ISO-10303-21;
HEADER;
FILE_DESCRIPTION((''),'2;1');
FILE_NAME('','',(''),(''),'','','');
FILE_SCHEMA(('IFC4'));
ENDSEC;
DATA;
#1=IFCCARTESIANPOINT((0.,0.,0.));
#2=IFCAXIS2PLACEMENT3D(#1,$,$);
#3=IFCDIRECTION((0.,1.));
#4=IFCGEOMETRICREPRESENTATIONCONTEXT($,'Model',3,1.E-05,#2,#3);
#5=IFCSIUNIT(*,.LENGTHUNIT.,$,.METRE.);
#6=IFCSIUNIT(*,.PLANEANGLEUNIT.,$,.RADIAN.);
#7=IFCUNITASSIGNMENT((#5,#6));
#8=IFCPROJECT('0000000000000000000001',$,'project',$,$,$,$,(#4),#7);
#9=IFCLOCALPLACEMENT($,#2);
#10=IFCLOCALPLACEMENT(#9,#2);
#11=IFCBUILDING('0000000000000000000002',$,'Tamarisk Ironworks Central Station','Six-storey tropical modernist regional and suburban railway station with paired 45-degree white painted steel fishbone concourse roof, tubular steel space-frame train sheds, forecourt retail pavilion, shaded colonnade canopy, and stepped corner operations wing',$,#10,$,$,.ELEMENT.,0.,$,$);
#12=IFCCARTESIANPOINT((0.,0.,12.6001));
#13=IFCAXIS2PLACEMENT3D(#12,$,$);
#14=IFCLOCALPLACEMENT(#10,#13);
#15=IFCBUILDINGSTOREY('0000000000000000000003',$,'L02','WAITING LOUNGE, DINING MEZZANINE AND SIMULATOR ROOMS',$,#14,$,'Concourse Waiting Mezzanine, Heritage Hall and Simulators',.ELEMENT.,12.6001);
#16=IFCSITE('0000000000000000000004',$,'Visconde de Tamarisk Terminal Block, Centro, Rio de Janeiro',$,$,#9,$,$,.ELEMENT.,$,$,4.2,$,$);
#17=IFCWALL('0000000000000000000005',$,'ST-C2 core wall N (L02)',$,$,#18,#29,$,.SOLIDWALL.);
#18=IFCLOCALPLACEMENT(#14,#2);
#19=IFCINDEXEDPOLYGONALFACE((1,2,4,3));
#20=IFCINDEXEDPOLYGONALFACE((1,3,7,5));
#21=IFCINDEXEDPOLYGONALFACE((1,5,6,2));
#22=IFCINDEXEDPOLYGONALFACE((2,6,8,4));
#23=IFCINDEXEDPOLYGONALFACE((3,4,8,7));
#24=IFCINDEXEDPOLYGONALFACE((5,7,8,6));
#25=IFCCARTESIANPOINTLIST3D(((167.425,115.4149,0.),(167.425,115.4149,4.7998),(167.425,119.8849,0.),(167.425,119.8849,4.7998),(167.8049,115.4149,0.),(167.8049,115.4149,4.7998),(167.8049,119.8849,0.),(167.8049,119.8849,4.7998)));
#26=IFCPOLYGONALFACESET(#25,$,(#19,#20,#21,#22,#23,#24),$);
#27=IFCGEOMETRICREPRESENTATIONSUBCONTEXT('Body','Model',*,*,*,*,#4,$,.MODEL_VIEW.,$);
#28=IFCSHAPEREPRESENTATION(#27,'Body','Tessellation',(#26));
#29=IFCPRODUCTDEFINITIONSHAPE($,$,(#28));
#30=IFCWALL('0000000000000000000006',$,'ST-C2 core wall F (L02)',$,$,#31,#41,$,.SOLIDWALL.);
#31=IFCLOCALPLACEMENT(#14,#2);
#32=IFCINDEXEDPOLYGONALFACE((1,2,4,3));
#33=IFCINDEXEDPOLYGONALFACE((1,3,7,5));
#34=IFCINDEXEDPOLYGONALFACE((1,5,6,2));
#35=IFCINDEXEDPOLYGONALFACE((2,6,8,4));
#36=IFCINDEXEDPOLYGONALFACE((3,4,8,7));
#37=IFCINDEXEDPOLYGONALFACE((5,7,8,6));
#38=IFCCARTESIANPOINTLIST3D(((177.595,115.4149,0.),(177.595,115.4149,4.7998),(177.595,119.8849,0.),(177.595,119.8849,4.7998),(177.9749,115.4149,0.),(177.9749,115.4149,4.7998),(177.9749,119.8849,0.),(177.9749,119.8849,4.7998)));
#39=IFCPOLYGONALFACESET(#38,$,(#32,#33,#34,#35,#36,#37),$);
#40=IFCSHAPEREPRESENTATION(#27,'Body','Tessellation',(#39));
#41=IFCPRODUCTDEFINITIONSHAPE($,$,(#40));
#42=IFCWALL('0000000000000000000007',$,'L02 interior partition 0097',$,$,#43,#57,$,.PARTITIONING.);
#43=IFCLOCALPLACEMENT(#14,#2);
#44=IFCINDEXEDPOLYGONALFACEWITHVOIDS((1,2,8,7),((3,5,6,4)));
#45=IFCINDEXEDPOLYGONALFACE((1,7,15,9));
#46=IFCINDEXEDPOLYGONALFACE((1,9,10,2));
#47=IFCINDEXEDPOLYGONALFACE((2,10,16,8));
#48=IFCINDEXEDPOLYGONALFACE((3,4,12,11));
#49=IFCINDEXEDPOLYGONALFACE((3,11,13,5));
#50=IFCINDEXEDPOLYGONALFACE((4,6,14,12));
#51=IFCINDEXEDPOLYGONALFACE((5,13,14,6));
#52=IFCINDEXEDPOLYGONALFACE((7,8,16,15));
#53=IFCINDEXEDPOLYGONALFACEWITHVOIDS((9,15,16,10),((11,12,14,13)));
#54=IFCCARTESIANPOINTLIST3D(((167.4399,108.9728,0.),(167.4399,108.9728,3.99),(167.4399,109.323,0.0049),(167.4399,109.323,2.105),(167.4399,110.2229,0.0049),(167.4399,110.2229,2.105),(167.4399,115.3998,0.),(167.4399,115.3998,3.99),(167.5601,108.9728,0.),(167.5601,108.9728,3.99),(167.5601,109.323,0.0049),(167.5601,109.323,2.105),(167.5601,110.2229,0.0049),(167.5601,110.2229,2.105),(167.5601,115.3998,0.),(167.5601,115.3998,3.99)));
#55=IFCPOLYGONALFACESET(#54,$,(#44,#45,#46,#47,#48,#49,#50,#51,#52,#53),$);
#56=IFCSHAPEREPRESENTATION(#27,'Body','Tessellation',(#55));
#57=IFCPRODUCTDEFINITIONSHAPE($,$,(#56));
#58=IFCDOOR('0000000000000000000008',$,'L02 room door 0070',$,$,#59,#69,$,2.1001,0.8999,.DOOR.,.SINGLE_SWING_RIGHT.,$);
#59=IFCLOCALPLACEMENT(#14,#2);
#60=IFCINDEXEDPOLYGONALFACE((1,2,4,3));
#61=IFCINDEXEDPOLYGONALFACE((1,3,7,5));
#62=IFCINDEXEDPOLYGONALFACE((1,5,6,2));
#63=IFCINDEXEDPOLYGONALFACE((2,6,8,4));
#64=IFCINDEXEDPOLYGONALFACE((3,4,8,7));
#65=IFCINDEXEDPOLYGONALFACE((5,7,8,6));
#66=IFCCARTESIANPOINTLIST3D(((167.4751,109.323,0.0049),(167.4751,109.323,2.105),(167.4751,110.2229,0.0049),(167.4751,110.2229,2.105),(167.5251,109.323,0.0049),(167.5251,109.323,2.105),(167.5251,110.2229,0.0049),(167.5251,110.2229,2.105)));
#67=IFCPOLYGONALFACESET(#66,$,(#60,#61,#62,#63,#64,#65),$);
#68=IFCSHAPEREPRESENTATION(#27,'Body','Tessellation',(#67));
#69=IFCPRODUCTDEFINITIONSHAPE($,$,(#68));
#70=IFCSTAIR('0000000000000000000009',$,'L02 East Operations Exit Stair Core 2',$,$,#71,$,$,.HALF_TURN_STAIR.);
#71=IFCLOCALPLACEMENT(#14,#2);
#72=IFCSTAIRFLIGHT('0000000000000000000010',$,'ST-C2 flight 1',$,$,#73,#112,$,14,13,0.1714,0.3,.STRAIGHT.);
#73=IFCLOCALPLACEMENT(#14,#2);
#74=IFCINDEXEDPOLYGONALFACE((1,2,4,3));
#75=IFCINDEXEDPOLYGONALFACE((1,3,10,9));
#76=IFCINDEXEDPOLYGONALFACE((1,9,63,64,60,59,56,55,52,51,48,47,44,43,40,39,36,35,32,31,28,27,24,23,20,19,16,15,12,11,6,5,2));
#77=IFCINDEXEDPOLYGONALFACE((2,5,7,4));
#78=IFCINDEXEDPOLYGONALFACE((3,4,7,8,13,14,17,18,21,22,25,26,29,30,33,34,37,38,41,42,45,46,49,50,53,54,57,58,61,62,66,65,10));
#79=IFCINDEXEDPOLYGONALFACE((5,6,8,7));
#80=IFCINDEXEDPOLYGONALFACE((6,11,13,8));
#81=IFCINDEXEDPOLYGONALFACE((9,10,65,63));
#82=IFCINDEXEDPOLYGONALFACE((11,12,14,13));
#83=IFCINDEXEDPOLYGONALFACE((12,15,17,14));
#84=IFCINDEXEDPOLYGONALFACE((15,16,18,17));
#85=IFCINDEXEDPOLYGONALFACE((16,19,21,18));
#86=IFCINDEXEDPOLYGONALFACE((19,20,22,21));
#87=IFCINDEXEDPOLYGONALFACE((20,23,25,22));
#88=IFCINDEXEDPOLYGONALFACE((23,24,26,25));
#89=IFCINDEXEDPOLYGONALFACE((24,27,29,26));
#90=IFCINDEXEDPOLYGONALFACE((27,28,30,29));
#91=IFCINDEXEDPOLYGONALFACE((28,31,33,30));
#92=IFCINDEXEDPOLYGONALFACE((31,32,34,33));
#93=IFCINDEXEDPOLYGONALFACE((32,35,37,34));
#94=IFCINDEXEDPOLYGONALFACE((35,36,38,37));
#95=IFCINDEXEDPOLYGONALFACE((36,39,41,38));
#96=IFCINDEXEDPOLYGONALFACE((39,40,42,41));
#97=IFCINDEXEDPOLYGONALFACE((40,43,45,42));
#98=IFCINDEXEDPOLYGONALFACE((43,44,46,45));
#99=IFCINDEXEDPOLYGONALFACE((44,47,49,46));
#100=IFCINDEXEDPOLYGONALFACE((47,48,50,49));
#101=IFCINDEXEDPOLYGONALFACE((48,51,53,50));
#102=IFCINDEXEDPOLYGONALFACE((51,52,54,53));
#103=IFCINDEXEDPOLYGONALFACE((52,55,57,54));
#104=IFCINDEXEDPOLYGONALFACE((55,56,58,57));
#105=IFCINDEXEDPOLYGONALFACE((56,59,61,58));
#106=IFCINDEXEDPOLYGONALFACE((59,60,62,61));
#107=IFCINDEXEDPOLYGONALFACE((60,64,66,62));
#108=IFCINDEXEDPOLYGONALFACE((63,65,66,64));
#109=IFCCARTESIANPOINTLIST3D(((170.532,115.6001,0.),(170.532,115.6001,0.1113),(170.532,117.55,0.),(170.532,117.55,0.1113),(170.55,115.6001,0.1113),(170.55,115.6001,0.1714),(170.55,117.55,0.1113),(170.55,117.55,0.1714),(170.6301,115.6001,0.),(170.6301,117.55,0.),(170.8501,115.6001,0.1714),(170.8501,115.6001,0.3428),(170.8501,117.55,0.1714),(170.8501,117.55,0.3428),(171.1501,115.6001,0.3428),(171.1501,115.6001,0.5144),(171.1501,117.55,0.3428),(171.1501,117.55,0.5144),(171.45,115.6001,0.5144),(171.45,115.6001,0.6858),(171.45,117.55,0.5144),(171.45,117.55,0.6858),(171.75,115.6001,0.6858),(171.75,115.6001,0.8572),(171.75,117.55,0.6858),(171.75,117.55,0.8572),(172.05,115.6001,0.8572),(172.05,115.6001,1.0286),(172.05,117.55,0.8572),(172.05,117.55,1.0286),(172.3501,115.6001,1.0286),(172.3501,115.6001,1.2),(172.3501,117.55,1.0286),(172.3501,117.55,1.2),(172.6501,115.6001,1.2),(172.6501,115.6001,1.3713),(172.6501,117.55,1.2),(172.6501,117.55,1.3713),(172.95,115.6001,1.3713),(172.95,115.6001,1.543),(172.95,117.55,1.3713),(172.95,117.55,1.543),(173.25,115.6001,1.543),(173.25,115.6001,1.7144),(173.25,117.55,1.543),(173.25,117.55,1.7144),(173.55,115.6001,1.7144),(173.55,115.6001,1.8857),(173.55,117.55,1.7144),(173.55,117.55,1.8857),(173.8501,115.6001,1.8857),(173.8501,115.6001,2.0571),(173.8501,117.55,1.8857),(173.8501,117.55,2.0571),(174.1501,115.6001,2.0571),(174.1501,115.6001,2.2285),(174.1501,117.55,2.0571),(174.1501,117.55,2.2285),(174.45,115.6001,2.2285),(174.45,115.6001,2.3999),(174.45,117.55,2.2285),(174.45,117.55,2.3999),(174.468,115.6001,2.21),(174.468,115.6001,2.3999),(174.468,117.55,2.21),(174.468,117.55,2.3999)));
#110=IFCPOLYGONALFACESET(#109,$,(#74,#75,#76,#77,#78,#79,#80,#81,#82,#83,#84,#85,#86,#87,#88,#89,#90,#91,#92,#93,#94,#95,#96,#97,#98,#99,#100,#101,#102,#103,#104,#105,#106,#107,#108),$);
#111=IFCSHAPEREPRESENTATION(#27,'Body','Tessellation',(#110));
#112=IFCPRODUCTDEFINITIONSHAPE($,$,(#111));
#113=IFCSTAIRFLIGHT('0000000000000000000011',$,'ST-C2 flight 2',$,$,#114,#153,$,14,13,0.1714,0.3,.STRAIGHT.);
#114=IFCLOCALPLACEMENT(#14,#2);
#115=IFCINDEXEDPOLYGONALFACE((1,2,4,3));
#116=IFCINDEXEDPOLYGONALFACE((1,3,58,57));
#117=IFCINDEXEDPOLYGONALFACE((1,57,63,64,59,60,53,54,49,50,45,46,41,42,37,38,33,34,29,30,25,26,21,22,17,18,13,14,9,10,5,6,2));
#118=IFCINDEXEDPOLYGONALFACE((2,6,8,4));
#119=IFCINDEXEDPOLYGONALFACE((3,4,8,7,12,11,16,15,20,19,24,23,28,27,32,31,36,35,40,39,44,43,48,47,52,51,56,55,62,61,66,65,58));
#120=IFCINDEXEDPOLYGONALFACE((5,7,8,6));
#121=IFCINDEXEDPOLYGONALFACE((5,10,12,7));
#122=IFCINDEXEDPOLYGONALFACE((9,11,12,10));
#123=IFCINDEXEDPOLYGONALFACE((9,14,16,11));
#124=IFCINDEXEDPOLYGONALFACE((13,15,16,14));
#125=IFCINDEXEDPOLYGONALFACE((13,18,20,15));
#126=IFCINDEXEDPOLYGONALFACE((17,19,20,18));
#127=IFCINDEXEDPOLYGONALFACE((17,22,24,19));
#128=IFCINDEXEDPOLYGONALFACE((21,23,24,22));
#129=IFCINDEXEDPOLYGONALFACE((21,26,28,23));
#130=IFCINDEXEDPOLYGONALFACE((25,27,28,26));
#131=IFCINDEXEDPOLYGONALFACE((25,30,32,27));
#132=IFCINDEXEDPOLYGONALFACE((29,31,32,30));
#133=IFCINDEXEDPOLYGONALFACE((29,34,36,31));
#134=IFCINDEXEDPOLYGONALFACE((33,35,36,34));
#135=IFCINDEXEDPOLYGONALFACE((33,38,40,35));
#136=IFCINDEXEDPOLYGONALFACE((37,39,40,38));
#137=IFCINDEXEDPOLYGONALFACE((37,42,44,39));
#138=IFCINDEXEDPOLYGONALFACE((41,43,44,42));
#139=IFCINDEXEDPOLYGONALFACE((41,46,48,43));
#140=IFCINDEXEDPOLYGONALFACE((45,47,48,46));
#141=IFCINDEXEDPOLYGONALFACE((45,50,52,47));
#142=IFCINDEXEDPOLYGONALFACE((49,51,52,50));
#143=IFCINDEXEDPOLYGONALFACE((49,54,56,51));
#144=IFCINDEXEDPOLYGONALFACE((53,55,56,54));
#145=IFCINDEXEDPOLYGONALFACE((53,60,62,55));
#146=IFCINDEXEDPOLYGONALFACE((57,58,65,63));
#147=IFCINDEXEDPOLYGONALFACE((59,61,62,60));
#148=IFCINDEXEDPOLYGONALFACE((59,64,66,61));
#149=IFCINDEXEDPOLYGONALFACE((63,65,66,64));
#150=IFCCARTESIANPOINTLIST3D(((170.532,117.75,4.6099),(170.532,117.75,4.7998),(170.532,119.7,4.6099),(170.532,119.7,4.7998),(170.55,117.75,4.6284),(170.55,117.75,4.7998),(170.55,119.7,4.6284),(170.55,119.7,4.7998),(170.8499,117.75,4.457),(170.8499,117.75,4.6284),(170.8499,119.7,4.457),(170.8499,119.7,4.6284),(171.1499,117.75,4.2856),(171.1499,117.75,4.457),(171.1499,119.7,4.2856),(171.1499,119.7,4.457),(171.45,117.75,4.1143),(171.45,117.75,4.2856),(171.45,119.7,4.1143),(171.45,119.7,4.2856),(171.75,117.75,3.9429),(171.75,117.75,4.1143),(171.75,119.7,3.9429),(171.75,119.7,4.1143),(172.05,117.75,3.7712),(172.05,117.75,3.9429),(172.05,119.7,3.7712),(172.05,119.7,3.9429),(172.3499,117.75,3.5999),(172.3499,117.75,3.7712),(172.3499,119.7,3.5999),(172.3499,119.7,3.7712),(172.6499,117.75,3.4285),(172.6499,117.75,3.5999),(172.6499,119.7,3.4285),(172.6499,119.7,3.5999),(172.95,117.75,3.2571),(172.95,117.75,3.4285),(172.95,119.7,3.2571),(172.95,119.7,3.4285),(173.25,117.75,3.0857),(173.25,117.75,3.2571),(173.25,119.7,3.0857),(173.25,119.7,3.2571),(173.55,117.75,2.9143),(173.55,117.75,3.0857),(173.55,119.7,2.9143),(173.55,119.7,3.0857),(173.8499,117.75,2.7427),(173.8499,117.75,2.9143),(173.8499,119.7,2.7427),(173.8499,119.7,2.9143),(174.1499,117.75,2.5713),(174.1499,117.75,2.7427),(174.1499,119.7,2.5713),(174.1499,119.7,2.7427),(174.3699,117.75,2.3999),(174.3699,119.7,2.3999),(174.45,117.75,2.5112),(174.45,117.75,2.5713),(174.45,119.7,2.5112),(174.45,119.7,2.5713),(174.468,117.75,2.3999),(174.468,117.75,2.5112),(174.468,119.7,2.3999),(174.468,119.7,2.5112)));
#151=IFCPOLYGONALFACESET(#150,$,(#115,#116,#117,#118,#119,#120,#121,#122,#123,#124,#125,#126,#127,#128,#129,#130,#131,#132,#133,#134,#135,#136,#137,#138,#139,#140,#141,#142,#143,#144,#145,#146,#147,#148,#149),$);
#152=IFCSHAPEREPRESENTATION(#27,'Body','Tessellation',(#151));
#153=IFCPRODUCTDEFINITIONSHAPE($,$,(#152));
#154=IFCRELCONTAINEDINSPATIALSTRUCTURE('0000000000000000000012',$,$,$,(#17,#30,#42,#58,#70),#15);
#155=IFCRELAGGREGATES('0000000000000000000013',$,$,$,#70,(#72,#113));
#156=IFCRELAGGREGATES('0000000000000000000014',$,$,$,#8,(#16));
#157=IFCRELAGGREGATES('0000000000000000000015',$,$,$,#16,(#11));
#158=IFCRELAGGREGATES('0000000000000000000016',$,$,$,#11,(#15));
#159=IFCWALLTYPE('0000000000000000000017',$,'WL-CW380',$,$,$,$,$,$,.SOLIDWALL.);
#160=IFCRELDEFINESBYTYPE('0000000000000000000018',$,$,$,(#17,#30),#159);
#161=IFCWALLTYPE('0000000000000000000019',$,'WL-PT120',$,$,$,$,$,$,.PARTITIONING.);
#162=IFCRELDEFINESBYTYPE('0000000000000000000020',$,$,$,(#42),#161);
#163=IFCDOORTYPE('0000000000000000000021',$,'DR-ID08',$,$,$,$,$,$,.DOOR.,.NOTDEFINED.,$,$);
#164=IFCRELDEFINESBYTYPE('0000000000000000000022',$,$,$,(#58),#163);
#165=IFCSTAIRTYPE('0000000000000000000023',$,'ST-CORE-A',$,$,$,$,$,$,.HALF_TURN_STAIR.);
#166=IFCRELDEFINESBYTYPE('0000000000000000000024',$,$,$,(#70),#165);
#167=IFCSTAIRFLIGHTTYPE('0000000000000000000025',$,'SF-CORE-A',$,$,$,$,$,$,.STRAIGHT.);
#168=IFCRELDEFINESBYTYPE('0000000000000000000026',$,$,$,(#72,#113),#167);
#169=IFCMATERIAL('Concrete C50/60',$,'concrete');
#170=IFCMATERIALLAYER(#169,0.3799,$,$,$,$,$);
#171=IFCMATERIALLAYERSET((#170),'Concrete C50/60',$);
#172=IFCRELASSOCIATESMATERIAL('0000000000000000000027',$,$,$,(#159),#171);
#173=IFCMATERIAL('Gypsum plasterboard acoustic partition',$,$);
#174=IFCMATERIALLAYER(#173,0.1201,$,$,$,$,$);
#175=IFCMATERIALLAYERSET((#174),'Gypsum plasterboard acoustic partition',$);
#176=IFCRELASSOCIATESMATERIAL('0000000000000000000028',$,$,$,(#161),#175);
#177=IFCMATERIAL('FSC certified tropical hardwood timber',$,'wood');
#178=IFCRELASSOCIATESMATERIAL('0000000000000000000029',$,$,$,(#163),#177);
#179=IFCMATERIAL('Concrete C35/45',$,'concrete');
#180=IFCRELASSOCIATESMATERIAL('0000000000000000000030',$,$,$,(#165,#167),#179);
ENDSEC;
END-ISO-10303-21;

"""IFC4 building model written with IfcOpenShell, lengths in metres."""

from ifc_helpers import new_model, si_unit, direction, frame, frame_2d, origin, place, context, subcontext, project, spatial, polyline, rectangle, outline, extrude, material, layer, layer_set, type_object, element, fill, aggregate, save


model = new_model("IFC4")

# Units and contexts
model_context = context("Model", 3, precision=1e-05, world=origin(), true_north=direction((0.0, 1.0)))
body_context = subcontext(model_context, "Body", "Model", "MODEL_VIEW")
ifc_project = project(units=[si_unit("LENGTHUNIT", "METRE"), si_unit("PLANEANGLEUNIT", "RADIAN")], contexts=[model_context])

# Site, building, storey
site_placement = place(None, origin())
site = spatial("IfcSite", under=ifc_project, at=site_placement, Name="Visconde de Tamarisk Terminal Block, Centro, Rio de Janeiro", CompositionType="ELEMENT", RefElevation=4.2)
building_placement = place(site_placement, origin())
building = spatial("IfcBuilding", under=site, at=building_placement, Name="Tamarisk Ironworks Central Station", Description="Six-storey tropical modernist regional and suburban railway station with paired 45-degree white painted steel fishbone concourse roof, tubular steel space-frame train sheds, forecourt retail pavilion, shaded colonnade canopy, and stepped corner operations wing", CompositionType="ELEMENT", ElevationOfRefHeight=0.0)
storey_placement = place(building_placement, frame((0.0, 0.0, 12.6001)))
storey = spatial("IfcBuildingStorey", under=building, at=storey_placement, Name="L02", Description="WAITING LOUNGE, DINING MEZZANINE AND SIMULATOR ROOMS", LongName="Concourse Waiting Mezzanine, Heritage Hall and Simulators", CompositionType="ELEMENT", Elevation=12.6001)

# Shared definitions
ifc_material_1 = material(Name="Concrete C50/60", Category="concrete")

# Shared definitions
ifc_layer_1 = layer(ifc_material_1, 0.3799)
ifc_layer_set_1 = layer_set([ifc_layer_1], Name="Concrete C50/60")
wall_type_1 = type_object("IfcWallType", Name="WL-CW380", PredefinedType="SOLIDWALL", material=ifc_layer_set_1)

# Walls
for number, where, z_axis, x_axis, name in (
    (1, (167.615, 115.415, 0.0), (0.0, 0.0, 1.0), (0.0, 1.0, 0.0), "ST-C2 core wall N (L02)"),
    (2, (177.7849, 115.415, 0.0), (0.0, 0.0, 1.0), (0.0, 1.0, 0.0), "ST-C2 core wall F (L02)"),
):
    element("IfcWall", number, at=place(storey_placement, frame(where, z_axis=z_axis, x_axis=x_axis)), inside=storey, type_object=wall_type_1, Name=name, PredefinedType="SOLIDWALL", context=body_context, shape_type="SweptSolid", body=[
        extrude(rectangle(XDim=4.47, YDim=0.3799, at=frame_2d((2.2349, 0.0))), origin(), (0.0, 0.0, 1.0), 4.7998),
    ])

# Wall, opening, door
ifc_material_2 = material(Name="Gypsum plasterboard acoustic partition")
ifc_layer_2 = layer(ifc_material_2, 0.1201)
ifc_layer_set_2 = layer_set([ifc_layer_2], Name="Gypsum plasterboard acoustic partition")
wall_type_2 = type_object("IfcWallType", Name="WL-PT120", PredefinedType="PARTITIONING", material=ifc_layer_set_2)
wall_1_placement = place(storey_placement, frame((167.5, 108.9729, 0.0), z_axis=(0.0, 0.0, 1.0), x_axis=(0.0, 1.0, 0.0)))
wall_1 = element("IfcWall", 3, at=wall_1_placement, inside=storey, type_object=wall_type_2, Name="L02 interior partition 0097", PredefinedType="PARTITIONING", context=body_context, shape_type="SweptSolid", body=[
    extrude(rectangle(XDim=6.427, YDim=0.1201, at=frame_2d((3.2134, 0.0))), origin(), (0.0, 0.0, 1.0), 3.99),
])
opening_1_placement = place(wall_1_placement, frame((0.3501, 0.0, 0.0049)))
opening_1 = element("IfcOpeningElement", 4, at=opening_1_placement, cuts=wall_1, PredefinedType="OPENING", context=body_context, shape_type="SweptSolid", body=[
    extrude(rectangle(XDim=0.8999, YDim=2.1001, at=frame_2d((0.45, 1.05))), frame((0.0, 0.072, 0.0), z_axis=(0.0, -1.0, 0.0), x_axis=(1.0, 0.0, 0.0)), (0.0, 0.0, 1.0), 0.144),
])
ifc_material_3 = material(Name="FSC certified tropical hardwood timber", Category="wood")
door_type_1 = type_object("IfcDoorType", Name="DR-ID08", OperationType="NOTDEFINED", PredefinedType="DOOR", material=ifc_material_3)
door_1_placement = place(opening_1_placement, origin())
door_1 = element("IfcDoor", 5, at=door_1_placement, inside=storey, type_object=door_type_1, Name="L02 room door 0070", OperationType="SINGLE_SWING_RIGHT", OverallHeight=2.1001, OverallWidth=0.8999, PredefinedType="DOOR", context=body_context, shape_type="SweptSolid", body=[
    extrude(rectangle(XDim=0.8999, YDim=2.1001, at=frame_2d((0.45, 1.05))), frame((0.0, 0.0249, 0.0), z_axis=(0.0, -1.0, 0.0), x_axis=(1.0, 0.0, 0.0)), (0.0, 0.0, 1.0), 0.05),
])
fill(opening_1, door_1)

# Stair, stair flights
ifc_material_4 = material(Name="Concrete C35/45", Category="concrete")
stair_type = type_object("IfcStairType", Name="ST-CORE-A", PredefinedType="HALF_TURN_STAIR", material=ifc_material_4)
stair_placement = place(storey_placement, origin())
stair = element("IfcStair", 6, at=stair_placement, inside=storey, type_object=stair_type, Name="L02 East Operations Exit Stair Core 2", PredefinedType="HALF_TURN_STAIR")
stair_flight_type = type_object("IfcStairFlightType", Name="SF-CORE-A", PredefinedType="STRAIGHT", material=ifc_material_4)
stair_flight_1_placement = place(storey_placement, frame((170.55, 116.575, 0.0), z_axis=(0.0, 0.0, 1.0), x_axis=(1.0, 0.0, 0.0)))
stair_flight_1 = element("IfcStairFlight", 7, at=stair_flight_1_placement, type_object=stair_flight_type, Name="ST-C2 flight 1", NumberOfRisers=14, NumberOfTreads=13, PredefinedType="STRAIGHT", RiserHeight=0.1714, TreadLength=0.3, context=body_context, shape_type="SweptSolid", body=[
    extrude(outline(polyline([(-0.0181, 0.0), (-0.0181, 0.1113), (0.0, 0.1113), (0.0, 0.1714), (0.3, 0.1714), (0.3, 0.3428), (0.6001, 0.3428), (0.6001, 0.5144), (0.8999, 0.5144), (0.8999, 0.6858), (1.2, 0.6858), (1.2, 0.8572), (1.5, 0.8572), (1.5, 1.0286), (1.8, 1.0286), (1.8, 1.2), (2.1001, 1.2), (2.1001, 1.3713), (2.3999, 1.3713), (2.3999, 1.543), (2.7, 1.543), (2.7, 1.7144), (3.0, 1.7144), (3.0, 1.8857), (3.3, 1.8857), (3.3, 2.0571), (3.6001, 2.0571), (3.6001, 2.2285), (3.8999, 2.2285), (3.8999, 2.3999), (3.918, 2.3999), (3.918, 2.21), (0.0801, 0.0), (-0.0181, 0.0)])), frame((0.0, 0.9751, 0.0), z_axis=(0.0, -1.0, 0.0), x_axis=(1.0, 0.0, 0.0)), (0.0, 0.0, 1.0), 1.95),
])
stair_flight_2_placement = place(storey_placement, frame((174.45, 118.7251, 2.3999), z_axis=(0.0, 0.0, 1.0), x_axis=(-1.0, 0.0, 0.0)))
stair_flight_2 = element("IfcStairFlight", 8, at=stair_flight_2_placement, type_object=stair_flight_type, Name="ST-C2 flight 2", NumberOfRisers=14, NumberOfTreads=13, PredefinedType="STRAIGHT", RiserHeight=0.1714, TreadLength=0.3, context=body_context, shape_type="SweptSolid", body=[
    extrude(outline(polyline([(-0.0181, 0.0), (-0.0181, 0.1113), (0.0, 0.1113), (0.0, 0.1714), (0.3, 0.1714), (0.3, 0.3428), (0.6001, 0.3428), (0.6001, 0.5144), (0.8999, 0.5144), (0.8999, 0.6858), (1.2, 0.6858), (1.2, 0.8572), (1.5, 0.8572), (1.5, 1.0286), (1.8, 1.0286), (1.8, 1.2), (2.1001, 1.2), (2.1001, 1.3713), (2.3999, 1.3713), (2.3999, 1.543), (2.7, 1.543), (2.7, 1.7144), (3.0, 1.7144), (3.0, 1.8857), (3.3, 1.8857), (3.3, 2.0571), (3.6001, 2.0571), (3.6001, 2.2285), (3.8999, 2.2285), (3.8999, 2.3999), (3.918, 2.3999), (3.918, 2.21), (0.0801, 0.0), (-0.0181, 0.0)])), frame((0.0, 0.9751, 0.0), z_axis=(0.0, -1.0, 0.0), x_axis=(1.0, 0.0, 0.0)), (0.0, 0.0, 1.0), 1.95),
])
aggregate(stair, [stair_flight_1, stair_flight_2])

save(model, "model.ifc")
